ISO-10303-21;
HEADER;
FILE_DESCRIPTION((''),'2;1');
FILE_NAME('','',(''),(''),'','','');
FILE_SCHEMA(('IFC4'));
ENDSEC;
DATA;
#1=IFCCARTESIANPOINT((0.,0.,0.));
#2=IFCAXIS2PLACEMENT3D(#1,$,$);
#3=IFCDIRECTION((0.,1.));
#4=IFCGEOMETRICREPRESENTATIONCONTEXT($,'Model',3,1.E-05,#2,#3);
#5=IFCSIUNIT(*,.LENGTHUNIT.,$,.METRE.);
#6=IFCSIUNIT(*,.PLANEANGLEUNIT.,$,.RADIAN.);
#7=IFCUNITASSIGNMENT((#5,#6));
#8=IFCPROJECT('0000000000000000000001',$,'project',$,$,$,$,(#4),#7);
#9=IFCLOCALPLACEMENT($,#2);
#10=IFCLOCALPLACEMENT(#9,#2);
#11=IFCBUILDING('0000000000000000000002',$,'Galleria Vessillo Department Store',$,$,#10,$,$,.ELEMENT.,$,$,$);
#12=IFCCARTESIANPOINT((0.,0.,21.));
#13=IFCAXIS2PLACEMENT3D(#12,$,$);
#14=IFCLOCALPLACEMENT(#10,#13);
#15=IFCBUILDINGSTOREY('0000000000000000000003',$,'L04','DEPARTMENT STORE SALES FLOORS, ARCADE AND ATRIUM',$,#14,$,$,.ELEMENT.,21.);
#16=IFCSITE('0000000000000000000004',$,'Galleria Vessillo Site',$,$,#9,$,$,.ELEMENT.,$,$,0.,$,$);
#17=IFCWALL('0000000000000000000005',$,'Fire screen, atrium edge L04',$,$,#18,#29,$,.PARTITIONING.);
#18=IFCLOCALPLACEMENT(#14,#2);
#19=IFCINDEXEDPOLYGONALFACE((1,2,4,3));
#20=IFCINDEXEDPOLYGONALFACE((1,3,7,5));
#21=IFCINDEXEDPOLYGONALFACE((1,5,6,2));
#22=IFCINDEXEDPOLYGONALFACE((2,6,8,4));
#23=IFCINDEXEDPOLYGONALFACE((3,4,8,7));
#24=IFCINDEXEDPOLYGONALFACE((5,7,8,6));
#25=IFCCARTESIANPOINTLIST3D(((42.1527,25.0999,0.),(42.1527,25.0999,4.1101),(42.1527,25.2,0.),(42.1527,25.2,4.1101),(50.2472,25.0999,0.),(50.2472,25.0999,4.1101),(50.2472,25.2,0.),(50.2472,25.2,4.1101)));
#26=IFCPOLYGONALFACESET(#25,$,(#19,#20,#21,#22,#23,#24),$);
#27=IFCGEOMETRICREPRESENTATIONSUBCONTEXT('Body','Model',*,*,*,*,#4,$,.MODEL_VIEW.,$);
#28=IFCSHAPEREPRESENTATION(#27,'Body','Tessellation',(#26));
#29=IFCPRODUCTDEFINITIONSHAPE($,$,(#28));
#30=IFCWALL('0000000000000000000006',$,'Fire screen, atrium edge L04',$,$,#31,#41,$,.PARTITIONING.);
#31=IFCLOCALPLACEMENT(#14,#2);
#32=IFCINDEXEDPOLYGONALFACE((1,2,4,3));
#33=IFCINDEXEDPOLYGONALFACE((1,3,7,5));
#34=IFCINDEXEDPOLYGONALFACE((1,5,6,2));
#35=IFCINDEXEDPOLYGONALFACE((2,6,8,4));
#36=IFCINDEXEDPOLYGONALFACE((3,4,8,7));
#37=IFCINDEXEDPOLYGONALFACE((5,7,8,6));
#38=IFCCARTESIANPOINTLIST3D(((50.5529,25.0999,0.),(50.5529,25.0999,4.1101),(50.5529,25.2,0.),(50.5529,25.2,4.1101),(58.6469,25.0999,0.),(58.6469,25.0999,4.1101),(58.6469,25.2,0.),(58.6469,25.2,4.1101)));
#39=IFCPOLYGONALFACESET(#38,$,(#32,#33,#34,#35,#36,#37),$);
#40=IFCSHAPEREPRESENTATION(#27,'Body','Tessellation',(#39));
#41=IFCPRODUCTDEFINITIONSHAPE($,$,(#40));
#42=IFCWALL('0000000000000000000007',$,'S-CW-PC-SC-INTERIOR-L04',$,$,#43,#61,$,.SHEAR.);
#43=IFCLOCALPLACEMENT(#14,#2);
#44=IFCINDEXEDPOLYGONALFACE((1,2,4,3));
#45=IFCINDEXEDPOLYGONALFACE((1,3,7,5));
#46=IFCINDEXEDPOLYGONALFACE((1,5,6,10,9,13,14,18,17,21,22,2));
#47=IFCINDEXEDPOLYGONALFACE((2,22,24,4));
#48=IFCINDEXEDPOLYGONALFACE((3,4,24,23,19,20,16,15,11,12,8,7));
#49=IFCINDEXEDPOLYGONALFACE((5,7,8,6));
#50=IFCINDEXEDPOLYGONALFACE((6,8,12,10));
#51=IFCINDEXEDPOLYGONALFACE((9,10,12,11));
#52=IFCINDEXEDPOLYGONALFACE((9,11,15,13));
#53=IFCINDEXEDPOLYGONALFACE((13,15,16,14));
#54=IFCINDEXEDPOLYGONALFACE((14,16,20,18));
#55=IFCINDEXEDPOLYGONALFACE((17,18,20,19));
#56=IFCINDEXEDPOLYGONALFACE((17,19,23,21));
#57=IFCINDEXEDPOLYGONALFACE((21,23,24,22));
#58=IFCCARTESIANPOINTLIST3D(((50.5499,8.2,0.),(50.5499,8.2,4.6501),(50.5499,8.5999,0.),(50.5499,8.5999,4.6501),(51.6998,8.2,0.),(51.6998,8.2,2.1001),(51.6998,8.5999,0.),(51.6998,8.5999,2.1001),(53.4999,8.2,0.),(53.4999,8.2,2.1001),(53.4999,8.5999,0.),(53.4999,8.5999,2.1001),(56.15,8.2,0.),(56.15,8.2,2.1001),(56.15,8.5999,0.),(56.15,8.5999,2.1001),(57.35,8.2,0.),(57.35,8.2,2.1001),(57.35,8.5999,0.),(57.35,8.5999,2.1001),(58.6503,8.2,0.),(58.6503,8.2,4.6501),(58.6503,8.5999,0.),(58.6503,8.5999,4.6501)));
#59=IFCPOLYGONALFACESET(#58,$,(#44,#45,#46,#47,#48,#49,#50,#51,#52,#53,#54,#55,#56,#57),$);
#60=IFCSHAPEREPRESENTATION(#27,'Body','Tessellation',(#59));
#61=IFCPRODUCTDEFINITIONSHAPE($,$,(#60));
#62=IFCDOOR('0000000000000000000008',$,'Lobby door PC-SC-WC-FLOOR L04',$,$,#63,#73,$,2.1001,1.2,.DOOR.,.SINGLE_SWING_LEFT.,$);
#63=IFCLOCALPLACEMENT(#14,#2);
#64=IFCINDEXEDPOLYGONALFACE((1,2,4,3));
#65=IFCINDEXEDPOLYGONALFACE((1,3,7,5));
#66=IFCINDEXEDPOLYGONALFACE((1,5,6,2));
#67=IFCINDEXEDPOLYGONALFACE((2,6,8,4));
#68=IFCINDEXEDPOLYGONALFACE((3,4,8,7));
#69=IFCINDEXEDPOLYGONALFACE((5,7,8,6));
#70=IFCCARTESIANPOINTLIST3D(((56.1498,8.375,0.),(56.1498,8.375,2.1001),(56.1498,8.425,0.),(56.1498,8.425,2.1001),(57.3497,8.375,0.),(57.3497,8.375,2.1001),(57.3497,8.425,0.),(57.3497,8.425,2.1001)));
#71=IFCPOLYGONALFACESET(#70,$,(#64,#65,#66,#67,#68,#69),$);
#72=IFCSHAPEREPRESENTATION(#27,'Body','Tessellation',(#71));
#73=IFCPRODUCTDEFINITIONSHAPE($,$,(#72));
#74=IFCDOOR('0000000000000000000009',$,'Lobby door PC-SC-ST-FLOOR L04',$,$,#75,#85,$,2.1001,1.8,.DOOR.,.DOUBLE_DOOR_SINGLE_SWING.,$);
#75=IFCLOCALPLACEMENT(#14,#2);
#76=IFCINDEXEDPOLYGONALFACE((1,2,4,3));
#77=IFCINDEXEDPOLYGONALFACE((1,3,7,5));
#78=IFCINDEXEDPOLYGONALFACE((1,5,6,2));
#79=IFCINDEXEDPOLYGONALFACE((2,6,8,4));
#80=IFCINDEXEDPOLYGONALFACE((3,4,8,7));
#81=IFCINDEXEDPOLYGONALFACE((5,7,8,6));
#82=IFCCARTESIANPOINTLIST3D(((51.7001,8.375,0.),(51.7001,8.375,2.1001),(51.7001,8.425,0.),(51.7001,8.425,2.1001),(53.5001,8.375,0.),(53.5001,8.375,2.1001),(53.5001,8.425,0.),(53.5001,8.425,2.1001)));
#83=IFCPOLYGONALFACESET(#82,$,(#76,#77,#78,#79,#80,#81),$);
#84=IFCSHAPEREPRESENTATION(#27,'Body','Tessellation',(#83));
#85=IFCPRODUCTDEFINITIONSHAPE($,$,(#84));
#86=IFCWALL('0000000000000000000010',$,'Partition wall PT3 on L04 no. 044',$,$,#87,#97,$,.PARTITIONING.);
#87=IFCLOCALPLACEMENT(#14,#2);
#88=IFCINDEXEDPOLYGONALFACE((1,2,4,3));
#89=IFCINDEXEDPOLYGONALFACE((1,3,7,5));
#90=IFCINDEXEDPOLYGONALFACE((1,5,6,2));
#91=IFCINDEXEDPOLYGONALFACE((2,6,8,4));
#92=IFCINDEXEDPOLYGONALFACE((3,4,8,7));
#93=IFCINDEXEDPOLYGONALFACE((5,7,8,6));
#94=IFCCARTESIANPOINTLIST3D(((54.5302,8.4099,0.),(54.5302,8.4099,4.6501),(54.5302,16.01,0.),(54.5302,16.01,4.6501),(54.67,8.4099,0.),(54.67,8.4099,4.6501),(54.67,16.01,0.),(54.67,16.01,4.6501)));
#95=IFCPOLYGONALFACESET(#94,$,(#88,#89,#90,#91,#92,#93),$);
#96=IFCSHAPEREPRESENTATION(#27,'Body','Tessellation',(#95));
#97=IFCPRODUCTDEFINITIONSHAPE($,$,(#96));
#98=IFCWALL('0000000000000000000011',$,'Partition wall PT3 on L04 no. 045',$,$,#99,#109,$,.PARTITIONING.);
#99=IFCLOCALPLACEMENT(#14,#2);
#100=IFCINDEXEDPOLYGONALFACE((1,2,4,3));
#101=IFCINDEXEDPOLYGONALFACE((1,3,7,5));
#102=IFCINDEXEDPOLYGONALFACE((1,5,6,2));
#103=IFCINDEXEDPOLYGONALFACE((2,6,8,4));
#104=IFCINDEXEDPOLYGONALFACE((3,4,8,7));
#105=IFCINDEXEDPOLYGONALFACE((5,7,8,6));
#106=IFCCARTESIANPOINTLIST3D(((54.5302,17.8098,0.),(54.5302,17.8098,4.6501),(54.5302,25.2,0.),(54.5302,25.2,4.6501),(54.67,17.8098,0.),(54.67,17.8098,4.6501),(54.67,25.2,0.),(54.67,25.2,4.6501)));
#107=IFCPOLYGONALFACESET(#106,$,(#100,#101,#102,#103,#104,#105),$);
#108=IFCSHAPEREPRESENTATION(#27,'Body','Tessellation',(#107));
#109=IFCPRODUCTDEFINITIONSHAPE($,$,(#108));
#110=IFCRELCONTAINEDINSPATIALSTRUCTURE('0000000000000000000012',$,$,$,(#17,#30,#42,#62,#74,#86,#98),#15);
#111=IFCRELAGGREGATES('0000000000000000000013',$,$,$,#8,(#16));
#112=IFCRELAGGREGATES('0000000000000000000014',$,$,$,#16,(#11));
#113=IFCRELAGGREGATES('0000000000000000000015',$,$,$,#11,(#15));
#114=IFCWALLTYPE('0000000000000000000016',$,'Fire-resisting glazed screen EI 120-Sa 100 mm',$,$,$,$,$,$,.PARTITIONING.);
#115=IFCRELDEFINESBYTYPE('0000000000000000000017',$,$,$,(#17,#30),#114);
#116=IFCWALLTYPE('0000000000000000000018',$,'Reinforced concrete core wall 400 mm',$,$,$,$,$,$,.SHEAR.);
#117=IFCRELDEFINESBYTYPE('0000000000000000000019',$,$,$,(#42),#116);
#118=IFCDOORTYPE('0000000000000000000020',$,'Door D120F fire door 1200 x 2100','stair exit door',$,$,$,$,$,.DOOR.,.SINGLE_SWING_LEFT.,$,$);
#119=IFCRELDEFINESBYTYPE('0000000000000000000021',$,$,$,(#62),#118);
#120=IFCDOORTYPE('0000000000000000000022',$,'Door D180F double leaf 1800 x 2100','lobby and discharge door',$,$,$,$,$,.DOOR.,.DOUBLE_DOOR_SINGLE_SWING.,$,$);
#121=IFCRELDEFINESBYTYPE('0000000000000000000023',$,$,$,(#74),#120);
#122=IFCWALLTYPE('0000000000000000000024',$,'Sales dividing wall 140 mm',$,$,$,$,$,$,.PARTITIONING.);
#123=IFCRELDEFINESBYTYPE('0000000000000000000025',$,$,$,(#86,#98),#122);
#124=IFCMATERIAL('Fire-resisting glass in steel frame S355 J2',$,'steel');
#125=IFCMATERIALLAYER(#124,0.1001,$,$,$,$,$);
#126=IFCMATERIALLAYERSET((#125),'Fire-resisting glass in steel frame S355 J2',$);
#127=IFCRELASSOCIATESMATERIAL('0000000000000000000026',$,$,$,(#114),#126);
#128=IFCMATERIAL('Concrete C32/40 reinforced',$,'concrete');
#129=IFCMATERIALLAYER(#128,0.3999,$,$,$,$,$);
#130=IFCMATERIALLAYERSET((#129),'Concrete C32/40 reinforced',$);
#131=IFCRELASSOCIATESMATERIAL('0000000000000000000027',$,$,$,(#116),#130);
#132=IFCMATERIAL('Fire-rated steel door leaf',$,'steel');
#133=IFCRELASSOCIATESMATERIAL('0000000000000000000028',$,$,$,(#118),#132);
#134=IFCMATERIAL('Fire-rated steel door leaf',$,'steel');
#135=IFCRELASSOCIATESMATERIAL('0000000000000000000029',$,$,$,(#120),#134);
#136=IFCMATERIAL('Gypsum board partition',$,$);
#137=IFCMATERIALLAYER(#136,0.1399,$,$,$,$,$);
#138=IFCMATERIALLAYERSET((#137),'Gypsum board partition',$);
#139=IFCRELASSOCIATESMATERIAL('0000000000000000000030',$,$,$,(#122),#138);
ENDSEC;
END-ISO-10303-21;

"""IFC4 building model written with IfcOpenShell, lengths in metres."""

from ifc_helpers import new_model, si_unit, direction, frame, frame_2d, origin, place, context, subcontext, project, spatial, rectangle, extrude, material, layer, layer_set, type_object, element, fill, save


model = new_model("IFC4")

# Units and contexts
model_context = context("Model", 3, precision=1e-05, world=origin(), true_north=direction((0.0, 1.0)))
body_context = subcontext(model_context, "Body", "Model", "MODEL_VIEW")
ifc_project = project(units=[si_unit("LENGTHUNIT", "METRE"), si_unit("PLANEANGLEUNIT", "RADIAN")], contexts=[model_context])

# Site, building, storey
site_placement = place(None, origin())
site = spatial("IfcSite", under=ifc_project, at=site_placement, Name="Galleria Vessillo Site", CompositionType="ELEMENT", RefElevation=0.0)
building_placement = place(site_placement, origin())
building = spatial("IfcBuilding", under=site, at=building_placement, Name="Galleria Vessillo Department Store", CompositionType="ELEMENT")
storey_placement = place(building_placement, frame((0.0, 0.0, 21.0)))
storey = spatial("IfcBuildingStorey", under=building, at=storey_placement, Name="L04", Description="DEPARTMENT STORE SALES FLOORS, ARCADE AND ATRIUM", CompositionType="ELEMENT", Elevation=21.0)

# Walls
ifc_material_1 = material(Name="Fire-resisting glass in steel frame S355 J2", Category="steel")
ifc_layer_1 = layer(ifc_material_1, 0.1001)
ifc_layer_set_1 = layer_set([ifc_layer_1], Name="Fire-resisting glass in steel frame S355 J2")
wall_type_1 = type_object("IfcWallType", Name="Fire-resisting glazed screen EI 120-Sa 100 mm", PredefinedType="PARTITIONING", material=ifc_layer_set_1)
wall_1_placement = place(storey_placement, frame((42.1526, 25.1499, 0.0), z_axis=(0.0, 0.0, 1.0), x_axis=(1.0, 0.0, 0.0)))
element("IfcWall", 1, at=wall_1_placement, inside=storey, type_object=wall_type_1, Name="Fire screen, atrium edge L04", PredefinedType="PARTITIONING", context=body_context, shape_type="SweptSolid", body=[
    extrude(rectangle(XDim=8.0945, YDim=0.1001, at=frame_2d((4.0474, 0.0))), origin(), (0.0, 0.0, 1.0), 4.1101),
])
wall_2_placement = place(storey_placement, frame((50.553, 25.1499, 0.0), z_axis=(0.0, 0.0, 1.0), x_axis=(1.0, 0.0, 0.0)))
element("IfcWall", 2, at=wall_2_placement, inside=storey, type_object=wall_type_1, Name="Fire screen, atrium edge L04", PredefinedType="PARTITIONING", context=body_context, shape_type="SweptSolid", body=[
    extrude(rectangle(XDim=8.094, YDim=0.1001, at=frame_2d((4.0469, 0.0))), origin(), (0.0, 0.0, 1.0), 4.1101),
])

# Wall, openings, doors
ifc_material_2 = material(Name="Concrete C32/40 reinforced", Category="concrete")
ifc_layer_2 = layer(ifc_material_2, 0.3999)
ifc_layer_set_2 = layer_set([ifc_layer_2], Name="Concrete C32/40 reinforced")
wall_type_2 = type_object("IfcWallType", Name="Reinforced concrete core wall 400 mm", PredefinedType="SHEAR", material=ifc_layer_set_2)
wall_3_placement = place(storey_placement, frame((50.5498, 8.3999, 0.0), z_axis=(0.0, 0.0, 1.0), x_axis=(1.0, 0.0, 0.0)))
wall_3 = element("IfcWall", 3, at=wall_3_placement, inside=storey, type_object=wall_type_2, Name="S-CW-PC-SC-INTERIOR-L04", PredefinedType="SHEAR", context=body_context, shape_type="SweptSolid", body=[
    extrude(rectangle(XDim=8.1003, YDim=0.3999, at=frame_2d((4.0503, 0.0))), origin(), (0.0, 0.0, 1.0), 4.6501),
])
opening_1_placement = place(wall_3_placement, frame((1.1501, 0.0, 0.0)))
opening_1 = element("IfcOpeningElement", 4, at=opening_1_placement, cuts=wall_3, PredefinedType="OPENING", context=body_context, shape_type="SweptSolid", body=[
    extrude(rectangle(XDim=1.8, YDim=2.1001, at=frame_2d((0.8999, 1.05))), frame((0.0, 0.21, 0.0), z_axis=(0.0, -1.0, 0.0), x_axis=(1.0, 0.0, 0.0)), (0.0, 0.0, 1.0), 0.4199),
])
opening_2_placement = place(wall_3_placement, frame((5.6001, 0.0, 0.0)))
opening_2 = element("IfcOpeningElement", 5, at=opening_2_placement, cuts=wall_3, PredefinedType="OPENING", context=body_context, shape_type="SweptSolid", body=[
    extrude(rectangle(XDim=1.2, YDim=2.1001, at=frame_2d((0.6001, 1.05))), frame((0.0, 0.21, 0.0), z_axis=(0.0, -1.0, 0.0), x_axis=(1.0, 0.0, 0.0)), (0.0, 0.0, 1.0), 0.4199),
])
ifc_material_3 = material(Name="Fire-rated steel door leaf", Category="steel")
door_type_1 = type_object("IfcDoorType", Name="Door D120F fire door 1200 x 2100", Description="stair exit door", OperationType="SINGLE_SWING_LEFT", PredefinedType="DOOR", material=ifc_material_3)
door_1_placement = place(opening_2_placement, frame((1.2, 0.0, 0.0), z_axis=(0.0, 0.0, 1.0), x_axis=(-1.0, 0.0, 0.0)))
door_1 = element("IfcDoor", 6, at=door_1_placement, inside=storey, type_object=door_type_1, Name="Lobby door PC-SC-WC-FLOOR L04", OperationType="SINGLE_SWING_LEFT", OverallHeight=2.1001, OverallWidth=1.2, PredefinedType="DOOR", context=body_context, shape_type="SweptSolid", body=[
    extrude(rectangle(XDim=1.2, YDim=2.1001, at=frame_2d((0.6001, 1.05))), frame((0.0, 0.0249, 0.0), z_axis=(0.0, -1.0, 0.0), x_axis=(1.0, 0.0, 0.0)), (0.0, 0.0, 1.0), 0.05),
])
fill(opening_2, door_1)
ifc_material_4 = material(Name="Fire-rated steel door leaf", Category="steel")
door_type_2 = type_object("IfcDoorType", Name="Door D180F double leaf 1800 x 2100", Description="lobby and discharge door", OperationType="DOUBLE_DOOR_SINGLE_SWING", PredefinedType="DOOR", material=ifc_material_4)
door_2_placement = place(opening_1_placement, frame((1.8, 0.0, 0.0), z_axis=(0.0, 0.0, 1.0), x_axis=(-1.0, 0.0, 0.0)))
door_2 = element("IfcDoor", 7, at=door_2_placement, inside=storey, type_object=door_type_2, Name="Lobby door PC-SC-ST-FLOOR L04", OperationType="DOUBLE_DOOR_SINGLE_SWING", OverallHeight=2.1001, OverallWidth=1.8, PredefinedType="DOOR", context=body_context, shape_type="SweptSolid", body=[
    extrude(rectangle(XDim=1.8, YDim=2.1001, at=frame_2d((0.8999, 1.05))), frame((0.0, 0.0249, 0.0), z_axis=(0.0, -1.0, 0.0), x_axis=(1.0, 0.0, 0.0)), (0.0, 0.0, 1.0), 0.05),
])
fill(opening_1, door_2)

# Walls
ifc_material_5 = material(Name="Gypsum board partition")
ifc_layer_3 = layer(ifc_material_5, 0.1399)
ifc_layer_set_3 = layer_set([ifc_layer_3], Name="Gypsum board partition")
wall_type_3 = type_object("IfcWallType", Name="Sales dividing wall 140 mm", PredefinedType="PARTITIONING", material=ifc_layer_set_3)
wall_4_placement = place(storey_placement, frame((54.6001, 8.4099, 0.0), z_axis=(0.0, 0.0, 1.0), x_axis=(0.0, 1.0, 0.0)))
element("IfcWall", 8, at=wall_4_placement, inside=storey, type_object=wall_type_3, Name="Partition wall PT3 on L04 no. 044", PredefinedType="PARTITIONING", context=body_context, shape_type="SweptSolid", body=[
    extrude(rectangle(XDim=7.6001, YDim=0.1399, at=frame_2d((3.8, 0.0))), origin(), (0.0, 0.0, 1.0), 4.6501),
])
wall_5_placement = place(storey_placement, frame((54.6001, 17.8098, 0.0), z_axis=(0.0, 0.0, 1.0), x_axis=(0.0, 1.0, 0.0)))
element("IfcWall", 9, at=wall_5_placement, inside=storey, type_object=wall_type_3, Name="Partition wall PT3 on L04 no. 045", PredefinedType="PARTITIONING", context=body_context, shape_type="SweptSolid", body=[
    extrude(rectangle(XDim=7.3901, YDim=0.1399, at=frame_2d((3.6951, 0.0))), origin(), (0.0, 0.0, 1.0), 4.6501),
])

save(model, "model.ifc")
